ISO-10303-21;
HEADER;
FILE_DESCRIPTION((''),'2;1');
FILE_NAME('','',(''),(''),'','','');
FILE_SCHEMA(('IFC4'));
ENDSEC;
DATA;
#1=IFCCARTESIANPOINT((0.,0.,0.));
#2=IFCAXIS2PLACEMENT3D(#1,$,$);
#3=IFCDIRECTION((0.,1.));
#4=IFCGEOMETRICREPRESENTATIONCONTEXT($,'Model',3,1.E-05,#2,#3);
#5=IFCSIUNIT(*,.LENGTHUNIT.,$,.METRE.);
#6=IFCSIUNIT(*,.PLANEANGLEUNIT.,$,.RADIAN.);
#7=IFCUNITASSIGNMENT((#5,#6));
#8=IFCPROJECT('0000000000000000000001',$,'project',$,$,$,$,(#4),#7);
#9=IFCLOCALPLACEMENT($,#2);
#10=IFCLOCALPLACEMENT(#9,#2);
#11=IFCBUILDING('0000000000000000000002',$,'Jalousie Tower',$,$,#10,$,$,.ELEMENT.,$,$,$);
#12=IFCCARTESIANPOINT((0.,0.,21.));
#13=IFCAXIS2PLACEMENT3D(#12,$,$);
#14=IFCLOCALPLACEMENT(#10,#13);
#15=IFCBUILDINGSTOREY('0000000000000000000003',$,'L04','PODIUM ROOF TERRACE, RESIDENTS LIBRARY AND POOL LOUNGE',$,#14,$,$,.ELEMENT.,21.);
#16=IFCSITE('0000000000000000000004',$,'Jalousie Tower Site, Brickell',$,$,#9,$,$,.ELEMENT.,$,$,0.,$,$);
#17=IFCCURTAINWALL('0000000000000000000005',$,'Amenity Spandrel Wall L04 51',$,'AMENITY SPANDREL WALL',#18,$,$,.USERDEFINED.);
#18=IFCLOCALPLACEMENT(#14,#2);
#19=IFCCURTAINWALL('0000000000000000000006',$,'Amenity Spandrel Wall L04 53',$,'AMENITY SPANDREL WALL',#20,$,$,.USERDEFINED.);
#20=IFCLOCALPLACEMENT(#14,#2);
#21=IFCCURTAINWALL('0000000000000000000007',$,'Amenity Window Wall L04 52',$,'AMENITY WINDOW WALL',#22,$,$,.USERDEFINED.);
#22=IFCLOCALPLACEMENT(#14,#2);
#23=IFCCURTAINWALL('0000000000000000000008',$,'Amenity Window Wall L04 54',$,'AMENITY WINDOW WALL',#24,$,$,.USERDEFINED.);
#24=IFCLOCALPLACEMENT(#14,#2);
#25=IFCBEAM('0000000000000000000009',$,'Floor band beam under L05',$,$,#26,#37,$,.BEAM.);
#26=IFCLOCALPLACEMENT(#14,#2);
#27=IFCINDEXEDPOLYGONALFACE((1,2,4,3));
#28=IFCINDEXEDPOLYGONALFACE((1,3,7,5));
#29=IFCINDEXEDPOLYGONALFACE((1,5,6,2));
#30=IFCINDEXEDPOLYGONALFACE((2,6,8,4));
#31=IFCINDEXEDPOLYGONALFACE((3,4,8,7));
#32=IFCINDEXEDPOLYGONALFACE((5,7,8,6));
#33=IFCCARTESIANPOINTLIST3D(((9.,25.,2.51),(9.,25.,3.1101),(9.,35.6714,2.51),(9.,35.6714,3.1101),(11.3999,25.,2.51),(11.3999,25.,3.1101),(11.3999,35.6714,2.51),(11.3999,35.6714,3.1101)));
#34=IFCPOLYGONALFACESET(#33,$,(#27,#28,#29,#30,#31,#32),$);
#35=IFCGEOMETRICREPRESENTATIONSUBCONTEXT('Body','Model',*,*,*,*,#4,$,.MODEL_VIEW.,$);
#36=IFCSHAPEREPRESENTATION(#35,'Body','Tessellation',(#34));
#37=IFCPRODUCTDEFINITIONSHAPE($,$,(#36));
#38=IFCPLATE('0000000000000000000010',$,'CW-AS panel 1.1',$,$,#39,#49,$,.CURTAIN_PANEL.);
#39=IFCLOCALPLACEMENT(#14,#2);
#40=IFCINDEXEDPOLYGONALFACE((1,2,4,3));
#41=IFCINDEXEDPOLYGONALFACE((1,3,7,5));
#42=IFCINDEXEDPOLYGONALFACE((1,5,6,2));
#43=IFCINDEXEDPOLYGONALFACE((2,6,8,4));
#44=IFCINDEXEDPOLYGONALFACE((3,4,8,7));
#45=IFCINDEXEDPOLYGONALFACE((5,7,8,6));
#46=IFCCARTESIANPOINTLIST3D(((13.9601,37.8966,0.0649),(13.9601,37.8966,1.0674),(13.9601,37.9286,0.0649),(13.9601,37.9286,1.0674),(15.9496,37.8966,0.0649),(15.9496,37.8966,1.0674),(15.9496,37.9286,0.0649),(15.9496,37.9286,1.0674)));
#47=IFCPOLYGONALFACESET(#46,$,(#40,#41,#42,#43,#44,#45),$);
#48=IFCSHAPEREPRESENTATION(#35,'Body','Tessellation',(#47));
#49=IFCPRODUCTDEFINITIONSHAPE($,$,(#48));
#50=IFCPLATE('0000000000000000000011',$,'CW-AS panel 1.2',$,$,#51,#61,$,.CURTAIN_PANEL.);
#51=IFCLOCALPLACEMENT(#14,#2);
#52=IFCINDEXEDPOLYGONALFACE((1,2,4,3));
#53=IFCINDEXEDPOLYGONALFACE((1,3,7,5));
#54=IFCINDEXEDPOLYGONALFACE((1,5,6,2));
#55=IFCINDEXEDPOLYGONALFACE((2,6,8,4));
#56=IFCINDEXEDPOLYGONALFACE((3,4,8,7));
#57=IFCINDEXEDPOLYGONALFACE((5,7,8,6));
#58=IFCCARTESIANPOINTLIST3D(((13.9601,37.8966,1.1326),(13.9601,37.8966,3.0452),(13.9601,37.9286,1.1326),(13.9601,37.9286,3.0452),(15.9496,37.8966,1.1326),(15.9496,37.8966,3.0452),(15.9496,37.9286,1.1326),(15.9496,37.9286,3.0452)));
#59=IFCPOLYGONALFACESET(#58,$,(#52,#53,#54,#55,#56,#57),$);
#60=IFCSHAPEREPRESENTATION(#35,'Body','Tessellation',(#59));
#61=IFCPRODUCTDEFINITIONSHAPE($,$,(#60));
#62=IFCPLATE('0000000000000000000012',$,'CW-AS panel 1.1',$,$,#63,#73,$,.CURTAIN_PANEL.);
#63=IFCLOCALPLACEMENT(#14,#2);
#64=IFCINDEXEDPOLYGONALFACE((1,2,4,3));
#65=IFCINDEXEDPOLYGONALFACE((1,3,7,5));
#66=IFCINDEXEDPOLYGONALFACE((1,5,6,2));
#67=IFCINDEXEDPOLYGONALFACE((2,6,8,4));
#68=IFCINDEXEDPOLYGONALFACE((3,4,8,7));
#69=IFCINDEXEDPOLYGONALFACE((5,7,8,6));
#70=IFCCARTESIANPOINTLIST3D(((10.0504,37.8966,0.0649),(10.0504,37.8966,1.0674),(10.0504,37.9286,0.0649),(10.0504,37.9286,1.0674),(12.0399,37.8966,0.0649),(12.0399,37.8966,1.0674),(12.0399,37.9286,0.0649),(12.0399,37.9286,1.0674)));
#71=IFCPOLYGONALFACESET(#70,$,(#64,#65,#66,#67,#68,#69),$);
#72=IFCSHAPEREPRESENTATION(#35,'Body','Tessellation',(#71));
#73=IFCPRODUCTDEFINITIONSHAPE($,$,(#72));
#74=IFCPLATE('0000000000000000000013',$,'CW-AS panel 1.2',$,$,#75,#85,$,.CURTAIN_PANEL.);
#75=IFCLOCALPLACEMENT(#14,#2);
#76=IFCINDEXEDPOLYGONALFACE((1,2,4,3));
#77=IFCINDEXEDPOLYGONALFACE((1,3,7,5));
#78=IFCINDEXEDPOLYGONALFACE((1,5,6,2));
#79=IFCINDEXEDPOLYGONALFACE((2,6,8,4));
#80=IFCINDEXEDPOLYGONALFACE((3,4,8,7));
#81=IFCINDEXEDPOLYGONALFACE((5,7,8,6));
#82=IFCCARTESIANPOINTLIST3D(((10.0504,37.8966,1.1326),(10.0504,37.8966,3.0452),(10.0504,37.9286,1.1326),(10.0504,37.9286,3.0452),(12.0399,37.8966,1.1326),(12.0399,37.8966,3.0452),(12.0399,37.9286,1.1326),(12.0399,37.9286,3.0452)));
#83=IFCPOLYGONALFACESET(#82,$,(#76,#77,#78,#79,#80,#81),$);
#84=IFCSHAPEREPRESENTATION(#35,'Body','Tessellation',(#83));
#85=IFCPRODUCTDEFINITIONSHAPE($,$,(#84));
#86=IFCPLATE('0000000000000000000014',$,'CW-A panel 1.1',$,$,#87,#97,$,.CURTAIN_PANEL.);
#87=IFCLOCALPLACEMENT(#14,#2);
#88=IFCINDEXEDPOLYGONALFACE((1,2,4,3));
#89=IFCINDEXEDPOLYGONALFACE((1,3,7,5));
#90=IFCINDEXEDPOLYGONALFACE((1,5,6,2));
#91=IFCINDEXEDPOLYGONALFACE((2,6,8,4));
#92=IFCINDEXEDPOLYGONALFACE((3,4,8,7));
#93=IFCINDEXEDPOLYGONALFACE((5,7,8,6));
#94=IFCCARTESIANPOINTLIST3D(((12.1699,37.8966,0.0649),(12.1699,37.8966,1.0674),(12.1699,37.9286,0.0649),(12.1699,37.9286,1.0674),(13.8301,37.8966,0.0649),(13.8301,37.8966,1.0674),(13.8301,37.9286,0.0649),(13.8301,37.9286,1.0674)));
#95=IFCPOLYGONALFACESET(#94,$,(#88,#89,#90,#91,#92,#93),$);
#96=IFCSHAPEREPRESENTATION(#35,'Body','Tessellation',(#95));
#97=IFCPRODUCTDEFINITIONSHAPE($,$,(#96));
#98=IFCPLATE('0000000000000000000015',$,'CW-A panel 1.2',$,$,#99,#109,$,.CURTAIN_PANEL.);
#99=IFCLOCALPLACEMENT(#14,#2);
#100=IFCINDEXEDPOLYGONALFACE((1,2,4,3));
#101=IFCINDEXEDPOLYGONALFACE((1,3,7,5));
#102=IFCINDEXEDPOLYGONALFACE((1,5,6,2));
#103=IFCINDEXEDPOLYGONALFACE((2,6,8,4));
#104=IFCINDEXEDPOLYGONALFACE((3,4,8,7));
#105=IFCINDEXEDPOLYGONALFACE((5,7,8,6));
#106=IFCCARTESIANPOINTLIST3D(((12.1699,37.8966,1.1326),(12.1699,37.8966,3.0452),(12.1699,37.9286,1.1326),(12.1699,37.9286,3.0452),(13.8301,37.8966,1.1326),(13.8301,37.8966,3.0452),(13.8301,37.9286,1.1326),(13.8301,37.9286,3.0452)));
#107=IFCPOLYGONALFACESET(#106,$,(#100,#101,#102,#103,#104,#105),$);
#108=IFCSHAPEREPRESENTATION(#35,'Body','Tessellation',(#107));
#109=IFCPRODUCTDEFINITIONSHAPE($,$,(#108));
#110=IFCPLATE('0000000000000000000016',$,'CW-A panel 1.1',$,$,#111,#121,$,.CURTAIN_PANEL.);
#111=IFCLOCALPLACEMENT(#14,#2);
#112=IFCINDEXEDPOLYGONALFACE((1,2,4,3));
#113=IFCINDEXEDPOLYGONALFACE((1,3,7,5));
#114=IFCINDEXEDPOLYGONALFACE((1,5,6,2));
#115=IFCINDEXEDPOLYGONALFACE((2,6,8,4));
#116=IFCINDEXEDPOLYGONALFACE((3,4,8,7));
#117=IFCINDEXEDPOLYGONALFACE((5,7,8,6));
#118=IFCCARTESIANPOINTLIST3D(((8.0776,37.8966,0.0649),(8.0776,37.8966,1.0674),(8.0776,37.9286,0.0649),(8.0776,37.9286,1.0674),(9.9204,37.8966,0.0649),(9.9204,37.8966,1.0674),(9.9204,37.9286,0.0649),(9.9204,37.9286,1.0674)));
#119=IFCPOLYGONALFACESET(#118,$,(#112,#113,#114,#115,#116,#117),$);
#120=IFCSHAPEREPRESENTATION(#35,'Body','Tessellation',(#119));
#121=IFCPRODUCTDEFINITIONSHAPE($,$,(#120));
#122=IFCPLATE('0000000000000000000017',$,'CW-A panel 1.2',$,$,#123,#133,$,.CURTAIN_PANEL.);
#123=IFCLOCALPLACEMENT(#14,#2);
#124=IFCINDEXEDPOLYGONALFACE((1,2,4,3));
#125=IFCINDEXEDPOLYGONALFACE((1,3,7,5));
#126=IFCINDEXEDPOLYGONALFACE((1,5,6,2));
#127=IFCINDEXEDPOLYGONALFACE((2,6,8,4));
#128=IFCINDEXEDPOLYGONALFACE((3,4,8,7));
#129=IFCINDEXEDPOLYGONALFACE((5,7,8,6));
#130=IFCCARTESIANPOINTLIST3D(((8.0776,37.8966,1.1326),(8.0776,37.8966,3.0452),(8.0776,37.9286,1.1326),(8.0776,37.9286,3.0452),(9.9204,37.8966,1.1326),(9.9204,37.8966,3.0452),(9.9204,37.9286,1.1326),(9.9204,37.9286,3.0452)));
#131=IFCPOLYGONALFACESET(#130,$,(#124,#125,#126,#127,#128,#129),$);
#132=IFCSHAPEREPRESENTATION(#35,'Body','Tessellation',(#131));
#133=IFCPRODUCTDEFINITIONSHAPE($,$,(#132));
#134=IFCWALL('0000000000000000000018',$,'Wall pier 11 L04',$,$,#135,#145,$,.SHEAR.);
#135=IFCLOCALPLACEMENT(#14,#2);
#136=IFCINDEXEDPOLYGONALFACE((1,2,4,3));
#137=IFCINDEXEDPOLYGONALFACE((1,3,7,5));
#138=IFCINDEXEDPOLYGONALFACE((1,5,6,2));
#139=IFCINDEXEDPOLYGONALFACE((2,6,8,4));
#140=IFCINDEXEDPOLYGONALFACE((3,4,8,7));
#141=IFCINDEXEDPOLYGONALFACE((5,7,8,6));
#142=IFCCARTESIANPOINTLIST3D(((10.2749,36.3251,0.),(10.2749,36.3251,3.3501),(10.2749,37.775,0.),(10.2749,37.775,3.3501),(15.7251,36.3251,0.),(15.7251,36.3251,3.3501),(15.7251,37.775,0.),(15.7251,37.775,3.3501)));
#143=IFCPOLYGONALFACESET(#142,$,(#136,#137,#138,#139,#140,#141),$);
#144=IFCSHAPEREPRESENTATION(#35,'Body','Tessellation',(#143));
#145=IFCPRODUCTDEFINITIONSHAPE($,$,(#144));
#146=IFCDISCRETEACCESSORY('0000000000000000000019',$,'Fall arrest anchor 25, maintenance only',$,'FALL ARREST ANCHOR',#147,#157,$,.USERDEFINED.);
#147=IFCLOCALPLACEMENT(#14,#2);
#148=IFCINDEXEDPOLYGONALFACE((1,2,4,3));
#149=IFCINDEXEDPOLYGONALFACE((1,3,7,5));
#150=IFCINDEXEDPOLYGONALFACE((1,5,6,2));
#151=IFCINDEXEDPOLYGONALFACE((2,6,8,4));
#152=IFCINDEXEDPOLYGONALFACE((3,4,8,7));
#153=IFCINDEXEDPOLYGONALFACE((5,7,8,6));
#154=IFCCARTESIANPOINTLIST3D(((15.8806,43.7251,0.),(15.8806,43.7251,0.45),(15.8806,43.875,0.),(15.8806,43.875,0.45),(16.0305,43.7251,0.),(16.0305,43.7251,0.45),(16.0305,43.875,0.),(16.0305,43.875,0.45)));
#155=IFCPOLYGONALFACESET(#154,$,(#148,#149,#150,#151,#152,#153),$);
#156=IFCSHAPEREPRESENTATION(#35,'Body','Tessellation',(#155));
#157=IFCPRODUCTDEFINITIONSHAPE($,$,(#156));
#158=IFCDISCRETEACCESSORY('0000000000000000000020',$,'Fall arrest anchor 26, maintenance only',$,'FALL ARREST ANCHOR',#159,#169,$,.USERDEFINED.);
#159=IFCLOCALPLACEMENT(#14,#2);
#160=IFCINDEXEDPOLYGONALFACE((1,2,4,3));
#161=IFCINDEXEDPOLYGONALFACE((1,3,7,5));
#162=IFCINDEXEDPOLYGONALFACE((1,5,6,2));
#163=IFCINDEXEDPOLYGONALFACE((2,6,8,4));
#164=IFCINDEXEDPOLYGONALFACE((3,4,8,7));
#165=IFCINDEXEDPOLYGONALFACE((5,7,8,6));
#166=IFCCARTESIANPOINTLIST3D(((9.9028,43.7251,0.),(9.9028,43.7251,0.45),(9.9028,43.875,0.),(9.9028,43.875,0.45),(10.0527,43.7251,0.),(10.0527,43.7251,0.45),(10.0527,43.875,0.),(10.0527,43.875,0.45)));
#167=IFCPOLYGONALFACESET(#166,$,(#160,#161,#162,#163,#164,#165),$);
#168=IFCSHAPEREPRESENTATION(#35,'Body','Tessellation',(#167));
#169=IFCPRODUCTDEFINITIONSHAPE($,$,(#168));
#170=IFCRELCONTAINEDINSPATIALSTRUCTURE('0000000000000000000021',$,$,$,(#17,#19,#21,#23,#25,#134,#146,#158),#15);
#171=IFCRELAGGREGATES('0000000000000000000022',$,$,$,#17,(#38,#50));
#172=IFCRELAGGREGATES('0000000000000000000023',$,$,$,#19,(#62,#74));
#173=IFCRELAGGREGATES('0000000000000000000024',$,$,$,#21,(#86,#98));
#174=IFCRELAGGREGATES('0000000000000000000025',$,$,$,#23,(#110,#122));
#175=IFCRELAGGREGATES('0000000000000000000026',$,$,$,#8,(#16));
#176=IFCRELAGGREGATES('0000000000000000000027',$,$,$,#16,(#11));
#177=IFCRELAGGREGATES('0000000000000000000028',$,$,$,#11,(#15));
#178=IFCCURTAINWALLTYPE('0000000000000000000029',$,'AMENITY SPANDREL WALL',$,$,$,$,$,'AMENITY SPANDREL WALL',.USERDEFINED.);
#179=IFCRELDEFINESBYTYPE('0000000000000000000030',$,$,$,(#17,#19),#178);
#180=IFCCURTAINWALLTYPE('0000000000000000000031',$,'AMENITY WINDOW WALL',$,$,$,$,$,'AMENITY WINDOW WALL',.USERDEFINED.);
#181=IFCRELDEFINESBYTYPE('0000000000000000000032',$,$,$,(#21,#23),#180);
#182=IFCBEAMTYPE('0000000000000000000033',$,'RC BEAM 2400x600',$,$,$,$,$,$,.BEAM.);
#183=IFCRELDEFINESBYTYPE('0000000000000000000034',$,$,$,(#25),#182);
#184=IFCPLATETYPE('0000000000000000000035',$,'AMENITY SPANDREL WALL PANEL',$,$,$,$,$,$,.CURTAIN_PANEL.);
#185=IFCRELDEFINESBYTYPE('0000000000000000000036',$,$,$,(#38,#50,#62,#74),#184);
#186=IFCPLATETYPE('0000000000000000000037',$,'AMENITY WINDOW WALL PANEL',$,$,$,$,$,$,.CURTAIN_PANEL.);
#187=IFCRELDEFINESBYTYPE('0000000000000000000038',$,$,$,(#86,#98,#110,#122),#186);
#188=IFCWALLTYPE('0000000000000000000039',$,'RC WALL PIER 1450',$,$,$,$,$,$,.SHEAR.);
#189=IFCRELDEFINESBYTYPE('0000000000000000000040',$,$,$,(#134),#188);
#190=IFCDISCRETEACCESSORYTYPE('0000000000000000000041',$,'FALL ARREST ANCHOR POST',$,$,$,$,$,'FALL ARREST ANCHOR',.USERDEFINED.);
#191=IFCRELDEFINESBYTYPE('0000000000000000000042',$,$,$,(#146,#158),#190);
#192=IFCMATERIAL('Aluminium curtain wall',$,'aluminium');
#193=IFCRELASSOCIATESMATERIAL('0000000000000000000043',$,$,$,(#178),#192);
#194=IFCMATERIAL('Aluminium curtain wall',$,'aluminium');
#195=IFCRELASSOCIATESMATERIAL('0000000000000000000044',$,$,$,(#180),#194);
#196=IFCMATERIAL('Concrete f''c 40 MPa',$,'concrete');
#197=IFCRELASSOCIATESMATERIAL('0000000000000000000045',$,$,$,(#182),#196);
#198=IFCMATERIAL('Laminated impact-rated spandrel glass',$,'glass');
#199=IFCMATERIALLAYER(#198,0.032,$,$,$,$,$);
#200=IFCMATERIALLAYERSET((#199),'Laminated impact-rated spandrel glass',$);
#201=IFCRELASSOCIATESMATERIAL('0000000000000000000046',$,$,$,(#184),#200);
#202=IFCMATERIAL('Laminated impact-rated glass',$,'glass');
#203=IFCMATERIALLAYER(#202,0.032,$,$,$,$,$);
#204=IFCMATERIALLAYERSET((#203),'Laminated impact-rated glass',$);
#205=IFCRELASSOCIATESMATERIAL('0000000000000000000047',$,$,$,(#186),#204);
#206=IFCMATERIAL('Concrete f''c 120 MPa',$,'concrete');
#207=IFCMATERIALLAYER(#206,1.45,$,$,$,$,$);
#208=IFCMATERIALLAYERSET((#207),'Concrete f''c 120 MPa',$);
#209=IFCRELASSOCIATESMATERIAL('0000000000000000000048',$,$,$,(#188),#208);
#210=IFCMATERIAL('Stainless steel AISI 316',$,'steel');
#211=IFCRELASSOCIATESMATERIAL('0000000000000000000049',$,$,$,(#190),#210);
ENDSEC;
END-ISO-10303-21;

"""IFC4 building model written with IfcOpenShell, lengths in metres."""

from ifc_helpers import new_model, si_unit, direction, frame, frame_2d, origin, origin_2d, place, context, subcontext, project, spatial, rectangle, extrude, material, layer, layer_set, material_profile, profile_set, type_object, element, aggregate, save


model = new_model("IFC4")

# Units and contexts
model_context = context("Model", 3, precision=1e-05, world=origin(), true_north=direction((0.0, 1.0)))
body_context = subcontext(model_context, "Body", "Model", "MODEL_VIEW")
ifc_project = project(units=[si_unit("LENGTHUNIT", "METRE"), si_unit("PLANEANGLEUNIT", "RADIAN")], contexts=[model_context])

# Site, building, storey
site_placement = place(None, origin())
site = spatial("IfcSite", under=ifc_project, at=site_placement, Name="Jalousie Tower Site, Brickell", CompositionType="ELEMENT", RefElevation=0.0)
building_placement = place(site_placement, origin())
building = spatial("IfcBuilding", under=site, at=building_placement, Name="Jalousie Tower", CompositionType="ELEMENT")
storey_placement = place(building_placement, frame((0.0, 0.0, 21.0)))
storey = spatial("IfcBuildingStorey", under=building, at=storey_placement, Name="L04", Description="PODIUM ROOF TERRACE, RESIDENTS LIBRARY AND POOL LOUNGE", CompositionType="ELEMENT", Elevation=21.0)

# Curtain walls
ifc_material_1 = material(Name="Aluminium curtain wall", Category="aluminium")
curtain_wall_type_1 = type_object("IfcCurtainWallType", Name="AMENITY SPANDREL WALL", ElementType="AMENITY SPANDREL WALL", PredefinedType="USERDEFINED", material=ifc_material_1)
curtain_wall_1_placement = place(storey_placement, origin())
curtain_wall_1 = element("IfcCurtainWall", 1, at=curtain_wall_1_placement, inside=storey, type_object=curtain_wall_type_1, Name="Amenity Spandrel Wall L04 51", ObjectType="AMENITY SPANDREL WALL", PredefinedType="USERDEFINED")
curtain_wall_2_placement = place(storey_placement, origin())
curtain_wall_2 = element("IfcCurtainWall", 2, at=curtain_wall_2_placement, inside=storey, type_object=curtain_wall_type_1, Name="Amenity Spandrel Wall L04 53", ObjectType="AMENITY SPANDREL WALL", PredefinedType="USERDEFINED")

# Shared definitions
ifc_material_2 = material(Name="Aluminium curtain wall", Category="aluminium")
curtain_wall_type_2 = type_object("IfcCurtainWallType", Name="AMENITY WINDOW WALL", ElementType="AMENITY WINDOW WALL", PredefinedType="USERDEFINED", material=ifc_material_2)

# Curtain walls
curtain_wall_3_placement = place(storey_placement, origin())
curtain_wall_3 = element("IfcCurtainWall", 3, at=curtain_wall_3_placement, inside=storey, type_object=curtain_wall_type_2, Name="Amenity Window Wall L04 52", ObjectType="AMENITY WINDOW WALL", PredefinedType="USERDEFINED")
curtain_wall_4_placement = place(storey_placement, origin())
curtain_wall_4 = element("IfcCurtainWall", 4, at=curtain_wall_4_placement, inside=storey, type_object=curtain_wall_type_2, Name="Amenity Window Wall L04 54", ObjectType="AMENITY WINDOW WALL", PredefinedType="USERDEFINED")

# Beam
ifc_material_3 = material(Name="Concrete f'c 40 MPa", Category="concrete")
ifc_material_profile_1 = material_profile(ifc_material_3, rectangle(XDim=2.3999, YDim=0.6001, at=origin_2d()), Name="RC 2400x600")
ifc_profile_set_1 = profile_set([ifc_material_profile_1], Name="Concrete f'c 40 MPa")
beam_type_1 = type_object("IfcBeamType", Name="RC BEAM 2400x600", PredefinedType="BEAM", material=ifc_profile_set_1)
beam_1_placement = place(storey_placement, frame((10.2, 25.0, 2.8101), z_axis=(0.0, 1.0, 0.0), x_axis=(-1.0, 0.0, 0.0)))
element("IfcBeam", 5, at=beam_1_placement, inside=storey, type_object=beam_type_1, Name="Floor band beam under L05", PredefinedType="BEAM", context=body_context, shape_type="SweptSolid", body=[
    extrude(rectangle(XDim=2.3999, YDim=0.6001, at=origin_2d()), origin(), (0.0, 0.0, 1.0), 10.6714),
])

# Plates
ifc_material_4 = material(Name="Laminated impact-rated spandrel glass", Category="glass")
ifc_layer_1 = layer(ifc_material_4, 0.032)
ifc_layer_set_1 = layer_set([ifc_layer_1], Name="Laminated impact-rated spandrel glass")
plate_type_1 = type_object("IfcPlateType", Name="AMENITY SPANDREL WALL PANEL", PredefinedType="CURTAIN_PANEL", material=ifc_layer_set_1)
plate_1_placement = place(storey_placement, frame((14.9548, 37.9126, 0.0649), z_axis=(0.0, 0.0, 1.0), x_axis=(-1.0, 0.0, 0.0)))
plate_1 = element("IfcPlate", 6, at=plate_1_placement, type_object=plate_type_1, Name="CW-AS panel 1.1", PredefinedType="CURTAIN_PANEL", context=body_context, shape_type="SweptSolid", body=[
    extrude(rectangle(XDim=1.9895, YDim=0.032, at=origin_2d()), origin(), (0.0, 0.0, 1.0), 1.0024),
])
plate_2_placement = place(storey_placement, frame((14.9548, 37.9126, 1.1326), z_axis=(0.0, 0.0, 1.0), x_axis=(-1.0, 0.0, 0.0)))
plate_2 = element("IfcPlate", 7, at=plate_2_placement, type_object=plate_type_1, Name="CW-AS panel 1.2", PredefinedType="CURTAIN_PANEL", context=body_context, shape_type="SweptSolid", body=[
    extrude(rectangle(XDim=1.9895, YDim=0.032, at=origin_2d()), origin(), (0.0, 0.0, 1.0), 1.9126),
])
aggregate(curtain_wall_1, [plate_1, plate_2])
plate_3_placement = place(storey_placement, frame((11.0452, 37.9126, 0.0649), z_axis=(0.0, 0.0, 1.0), x_axis=(-1.0, 0.0, 0.0)))
plate_3 = element("IfcPlate", 8, at=plate_3_placement, type_object=plate_type_1, Name="CW-AS panel 1.1", PredefinedType="CURTAIN_PANEL", context=body_context, shape_type="SweptSolid", body=[
    extrude(rectangle(XDim=1.9895, YDim=0.032, at=origin_2d()), origin(), (0.0, 0.0, 1.0), 1.0024),
])
plate_4_placement = place(storey_placement, frame((11.0452, 37.9126, 1.1326), z_axis=(0.0, 0.0, 1.0), x_axis=(-1.0, 0.0, 0.0)))
plate_4 = element("IfcPlate", 9, at=plate_4_placement, type_object=plate_type_1, Name="CW-AS panel 1.2", PredefinedType="CURTAIN_PANEL", context=body_context, shape_type="SweptSolid", body=[
    extrude(rectangle(XDim=1.9895, YDim=0.032, at=origin_2d()), origin(), (0.0, 0.0, 1.0), 1.9126),
])
aggregate(curtain_wall_2, [plate_3, plate_4])
ifc_material_5 = material(Name="Laminated impact-rated glass", Category="glass")
ifc_layer_2 = layer(ifc_material_5, 0.032)
ifc_layer_set_2 = layer_set([ifc_layer_2], Name="Laminated impact-rated glass")
plate_type_2 = type_object("IfcPlateType", Name="AMENITY WINDOW WALL PANEL", PredefinedType="CURTAIN_PANEL", material=ifc_layer_set_2)
plate_5_placement = place(storey_placement, frame((13.0, 37.9126, 0.0649), z_axis=(0.0, 0.0, 1.0), x_axis=(-1.0, 0.0, 0.0)))
plate_5 = element("IfcPlate", 10, at=plate_5_placement, type_object=plate_type_2, Name="CW-A panel 1.1", PredefinedType="CURTAIN_PANEL", context=body_context, shape_type="SweptSolid", body=[
    extrude(rectangle(XDim=1.6602, YDim=0.032, at=origin_2d()), origin(), (0.0, 0.0, 1.0), 1.0024),
])
plate_6_placement = place(storey_placement, frame((13.0, 37.9126, 1.1326), z_axis=(0.0, 0.0, 1.0), x_axis=(-1.0, 0.0, 0.0)))
plate_6 = element("IfcPlate", 11, at=plate_6_placement, type_object=plate_type_2, Name="CW-A panel 1.2", PredefinedType="CURTAIN_PANEL", context=body_context, shape_type="SweptSolid", body=[
    extrude(rectangle(XDim=1.6602, YDim=0.032, at=origin_2d()), origin(), (0.0, 0.0, 1.0), 1.9126),
])
aggregate(curtain_wall_3, [plate_5, plate_6])
plate_7_placement = place(storey_placement, frame((8.999, 37.9126, 0.0649), z_axis=(0.0, 0.0, 1.0), x_axis=(-1.0, 0.0, 0.0)))
plate_7 = element("IfcPlate", 12, at=plate_7_placement, type_object=plate_type_2, Name="CW-A panel 1.1", PredefinedType="CURTAIN_PANEL", context=body_context, shape_type="SweptSolid", body=[
    extrude(rectangle(XDim=1.8428, YDim=0.032, at=origin_2d()), origin(), (0.0, 0.0, 1.0), 1.0024),
])
plate_8_placement = place(storey_placement, frame((8.999, 37.9126, 1.1326), z_axis=(0.0, 0.0, 1.0), x_axis=(-1.0, 0.0, 0.0)))
plate_8 = element("IfcPlate", 13, at=plate_8_placement, type_object=plate_type_2, Name="CW-A panel 1.2", PredefinedType="CURTAIN_PANEL", context=body_context, shape_type="SweptSolid", body=[
    extrude(rectangle(XDim=1.8428, YDim=0.032, at=origin_2d()), origin(), (0.0, 0.0, 1.0), 1.9126),
])
aggregate(curtain_wall_4, [plate_7, plate_8])

# Wall
ifc_material_6 = material(Name="Concrete f'c 120 MPa", Category="concrete")
ifc_layer_3 = layer(ifc_material_6, 1.45)
ifc_layer_set_3 = layer_set([ifc_layer_3], Name="Concrete f'c 120 MPa")
wall_type = type_object("IfcWallType", Name="RC WALL PIER 1450", PredefinedType="SHEAR", material=ifc_layer_set_3)
wall_placement = place(storey_placement, frame((10.2749, 37.05, 0.0), z_axis=(0.0, 0.0, 1.0), x_axis=(1.0, 0.0, 0.0)))
element("IfcWall", 14, at=wall_placement, inside=storey, type_object=wall_type, Name="Wall pier 11 L04", PredefinedType="SHEAR", context=body_context, shape_type="SweptSolid", body=[
    extrude(rectangle(XDim=5.4502, YDim=1.45, at=frame_2d((2.7251, 0.0))), origin(), (0.0, 0.0, 1.0), 3.3501),
])

# Discrete accessories
ifc_material_7 = material(Name="Stainless steel AISI 316", Category="steel")
discrete_accessory_type = type_object("IfcDiscreteAccessoryType", Name="FALL ARREST ANCHOR POST", ElementType="FALL ARREST ANCHOR", PredefinedType="USERDEFINED", material=ifc_material_7)
for number, where, z_axis, x_axis, name in (
    (15, (15.9556, 43.8, 0.0), (0.0, 0.0, 1.0), (1.0, 0.0, 0.0), "Fall arrest anchor 25, maintenance only"),
    (16, (9.9778, 43.8, 0.0), (0.0, 0.0, 1.0), (1.0, 0.0, 0.0), "Fall arrest anchor 26, maintenance only"),
):
    element("IfcDiscreteAccessory", number, at=place(storey_placement, frame(where, z_axis=z_axis, x_axis=x_axis)), inside=storey, type_object=discrete_accessory_type, Name=name, ObjectType="FALL ARREST ANCHOR", PredefinedType="USERDEFINED", context=body_context, shape_type="SweptSolid", body=[
        extrude(rectangle(XDim=0.1499, YDim=0.1499, at=origin_2d()), origin(), (0.0, 0.0, 1.0), 0.45),
    ])

save(model, "model.ifc")
